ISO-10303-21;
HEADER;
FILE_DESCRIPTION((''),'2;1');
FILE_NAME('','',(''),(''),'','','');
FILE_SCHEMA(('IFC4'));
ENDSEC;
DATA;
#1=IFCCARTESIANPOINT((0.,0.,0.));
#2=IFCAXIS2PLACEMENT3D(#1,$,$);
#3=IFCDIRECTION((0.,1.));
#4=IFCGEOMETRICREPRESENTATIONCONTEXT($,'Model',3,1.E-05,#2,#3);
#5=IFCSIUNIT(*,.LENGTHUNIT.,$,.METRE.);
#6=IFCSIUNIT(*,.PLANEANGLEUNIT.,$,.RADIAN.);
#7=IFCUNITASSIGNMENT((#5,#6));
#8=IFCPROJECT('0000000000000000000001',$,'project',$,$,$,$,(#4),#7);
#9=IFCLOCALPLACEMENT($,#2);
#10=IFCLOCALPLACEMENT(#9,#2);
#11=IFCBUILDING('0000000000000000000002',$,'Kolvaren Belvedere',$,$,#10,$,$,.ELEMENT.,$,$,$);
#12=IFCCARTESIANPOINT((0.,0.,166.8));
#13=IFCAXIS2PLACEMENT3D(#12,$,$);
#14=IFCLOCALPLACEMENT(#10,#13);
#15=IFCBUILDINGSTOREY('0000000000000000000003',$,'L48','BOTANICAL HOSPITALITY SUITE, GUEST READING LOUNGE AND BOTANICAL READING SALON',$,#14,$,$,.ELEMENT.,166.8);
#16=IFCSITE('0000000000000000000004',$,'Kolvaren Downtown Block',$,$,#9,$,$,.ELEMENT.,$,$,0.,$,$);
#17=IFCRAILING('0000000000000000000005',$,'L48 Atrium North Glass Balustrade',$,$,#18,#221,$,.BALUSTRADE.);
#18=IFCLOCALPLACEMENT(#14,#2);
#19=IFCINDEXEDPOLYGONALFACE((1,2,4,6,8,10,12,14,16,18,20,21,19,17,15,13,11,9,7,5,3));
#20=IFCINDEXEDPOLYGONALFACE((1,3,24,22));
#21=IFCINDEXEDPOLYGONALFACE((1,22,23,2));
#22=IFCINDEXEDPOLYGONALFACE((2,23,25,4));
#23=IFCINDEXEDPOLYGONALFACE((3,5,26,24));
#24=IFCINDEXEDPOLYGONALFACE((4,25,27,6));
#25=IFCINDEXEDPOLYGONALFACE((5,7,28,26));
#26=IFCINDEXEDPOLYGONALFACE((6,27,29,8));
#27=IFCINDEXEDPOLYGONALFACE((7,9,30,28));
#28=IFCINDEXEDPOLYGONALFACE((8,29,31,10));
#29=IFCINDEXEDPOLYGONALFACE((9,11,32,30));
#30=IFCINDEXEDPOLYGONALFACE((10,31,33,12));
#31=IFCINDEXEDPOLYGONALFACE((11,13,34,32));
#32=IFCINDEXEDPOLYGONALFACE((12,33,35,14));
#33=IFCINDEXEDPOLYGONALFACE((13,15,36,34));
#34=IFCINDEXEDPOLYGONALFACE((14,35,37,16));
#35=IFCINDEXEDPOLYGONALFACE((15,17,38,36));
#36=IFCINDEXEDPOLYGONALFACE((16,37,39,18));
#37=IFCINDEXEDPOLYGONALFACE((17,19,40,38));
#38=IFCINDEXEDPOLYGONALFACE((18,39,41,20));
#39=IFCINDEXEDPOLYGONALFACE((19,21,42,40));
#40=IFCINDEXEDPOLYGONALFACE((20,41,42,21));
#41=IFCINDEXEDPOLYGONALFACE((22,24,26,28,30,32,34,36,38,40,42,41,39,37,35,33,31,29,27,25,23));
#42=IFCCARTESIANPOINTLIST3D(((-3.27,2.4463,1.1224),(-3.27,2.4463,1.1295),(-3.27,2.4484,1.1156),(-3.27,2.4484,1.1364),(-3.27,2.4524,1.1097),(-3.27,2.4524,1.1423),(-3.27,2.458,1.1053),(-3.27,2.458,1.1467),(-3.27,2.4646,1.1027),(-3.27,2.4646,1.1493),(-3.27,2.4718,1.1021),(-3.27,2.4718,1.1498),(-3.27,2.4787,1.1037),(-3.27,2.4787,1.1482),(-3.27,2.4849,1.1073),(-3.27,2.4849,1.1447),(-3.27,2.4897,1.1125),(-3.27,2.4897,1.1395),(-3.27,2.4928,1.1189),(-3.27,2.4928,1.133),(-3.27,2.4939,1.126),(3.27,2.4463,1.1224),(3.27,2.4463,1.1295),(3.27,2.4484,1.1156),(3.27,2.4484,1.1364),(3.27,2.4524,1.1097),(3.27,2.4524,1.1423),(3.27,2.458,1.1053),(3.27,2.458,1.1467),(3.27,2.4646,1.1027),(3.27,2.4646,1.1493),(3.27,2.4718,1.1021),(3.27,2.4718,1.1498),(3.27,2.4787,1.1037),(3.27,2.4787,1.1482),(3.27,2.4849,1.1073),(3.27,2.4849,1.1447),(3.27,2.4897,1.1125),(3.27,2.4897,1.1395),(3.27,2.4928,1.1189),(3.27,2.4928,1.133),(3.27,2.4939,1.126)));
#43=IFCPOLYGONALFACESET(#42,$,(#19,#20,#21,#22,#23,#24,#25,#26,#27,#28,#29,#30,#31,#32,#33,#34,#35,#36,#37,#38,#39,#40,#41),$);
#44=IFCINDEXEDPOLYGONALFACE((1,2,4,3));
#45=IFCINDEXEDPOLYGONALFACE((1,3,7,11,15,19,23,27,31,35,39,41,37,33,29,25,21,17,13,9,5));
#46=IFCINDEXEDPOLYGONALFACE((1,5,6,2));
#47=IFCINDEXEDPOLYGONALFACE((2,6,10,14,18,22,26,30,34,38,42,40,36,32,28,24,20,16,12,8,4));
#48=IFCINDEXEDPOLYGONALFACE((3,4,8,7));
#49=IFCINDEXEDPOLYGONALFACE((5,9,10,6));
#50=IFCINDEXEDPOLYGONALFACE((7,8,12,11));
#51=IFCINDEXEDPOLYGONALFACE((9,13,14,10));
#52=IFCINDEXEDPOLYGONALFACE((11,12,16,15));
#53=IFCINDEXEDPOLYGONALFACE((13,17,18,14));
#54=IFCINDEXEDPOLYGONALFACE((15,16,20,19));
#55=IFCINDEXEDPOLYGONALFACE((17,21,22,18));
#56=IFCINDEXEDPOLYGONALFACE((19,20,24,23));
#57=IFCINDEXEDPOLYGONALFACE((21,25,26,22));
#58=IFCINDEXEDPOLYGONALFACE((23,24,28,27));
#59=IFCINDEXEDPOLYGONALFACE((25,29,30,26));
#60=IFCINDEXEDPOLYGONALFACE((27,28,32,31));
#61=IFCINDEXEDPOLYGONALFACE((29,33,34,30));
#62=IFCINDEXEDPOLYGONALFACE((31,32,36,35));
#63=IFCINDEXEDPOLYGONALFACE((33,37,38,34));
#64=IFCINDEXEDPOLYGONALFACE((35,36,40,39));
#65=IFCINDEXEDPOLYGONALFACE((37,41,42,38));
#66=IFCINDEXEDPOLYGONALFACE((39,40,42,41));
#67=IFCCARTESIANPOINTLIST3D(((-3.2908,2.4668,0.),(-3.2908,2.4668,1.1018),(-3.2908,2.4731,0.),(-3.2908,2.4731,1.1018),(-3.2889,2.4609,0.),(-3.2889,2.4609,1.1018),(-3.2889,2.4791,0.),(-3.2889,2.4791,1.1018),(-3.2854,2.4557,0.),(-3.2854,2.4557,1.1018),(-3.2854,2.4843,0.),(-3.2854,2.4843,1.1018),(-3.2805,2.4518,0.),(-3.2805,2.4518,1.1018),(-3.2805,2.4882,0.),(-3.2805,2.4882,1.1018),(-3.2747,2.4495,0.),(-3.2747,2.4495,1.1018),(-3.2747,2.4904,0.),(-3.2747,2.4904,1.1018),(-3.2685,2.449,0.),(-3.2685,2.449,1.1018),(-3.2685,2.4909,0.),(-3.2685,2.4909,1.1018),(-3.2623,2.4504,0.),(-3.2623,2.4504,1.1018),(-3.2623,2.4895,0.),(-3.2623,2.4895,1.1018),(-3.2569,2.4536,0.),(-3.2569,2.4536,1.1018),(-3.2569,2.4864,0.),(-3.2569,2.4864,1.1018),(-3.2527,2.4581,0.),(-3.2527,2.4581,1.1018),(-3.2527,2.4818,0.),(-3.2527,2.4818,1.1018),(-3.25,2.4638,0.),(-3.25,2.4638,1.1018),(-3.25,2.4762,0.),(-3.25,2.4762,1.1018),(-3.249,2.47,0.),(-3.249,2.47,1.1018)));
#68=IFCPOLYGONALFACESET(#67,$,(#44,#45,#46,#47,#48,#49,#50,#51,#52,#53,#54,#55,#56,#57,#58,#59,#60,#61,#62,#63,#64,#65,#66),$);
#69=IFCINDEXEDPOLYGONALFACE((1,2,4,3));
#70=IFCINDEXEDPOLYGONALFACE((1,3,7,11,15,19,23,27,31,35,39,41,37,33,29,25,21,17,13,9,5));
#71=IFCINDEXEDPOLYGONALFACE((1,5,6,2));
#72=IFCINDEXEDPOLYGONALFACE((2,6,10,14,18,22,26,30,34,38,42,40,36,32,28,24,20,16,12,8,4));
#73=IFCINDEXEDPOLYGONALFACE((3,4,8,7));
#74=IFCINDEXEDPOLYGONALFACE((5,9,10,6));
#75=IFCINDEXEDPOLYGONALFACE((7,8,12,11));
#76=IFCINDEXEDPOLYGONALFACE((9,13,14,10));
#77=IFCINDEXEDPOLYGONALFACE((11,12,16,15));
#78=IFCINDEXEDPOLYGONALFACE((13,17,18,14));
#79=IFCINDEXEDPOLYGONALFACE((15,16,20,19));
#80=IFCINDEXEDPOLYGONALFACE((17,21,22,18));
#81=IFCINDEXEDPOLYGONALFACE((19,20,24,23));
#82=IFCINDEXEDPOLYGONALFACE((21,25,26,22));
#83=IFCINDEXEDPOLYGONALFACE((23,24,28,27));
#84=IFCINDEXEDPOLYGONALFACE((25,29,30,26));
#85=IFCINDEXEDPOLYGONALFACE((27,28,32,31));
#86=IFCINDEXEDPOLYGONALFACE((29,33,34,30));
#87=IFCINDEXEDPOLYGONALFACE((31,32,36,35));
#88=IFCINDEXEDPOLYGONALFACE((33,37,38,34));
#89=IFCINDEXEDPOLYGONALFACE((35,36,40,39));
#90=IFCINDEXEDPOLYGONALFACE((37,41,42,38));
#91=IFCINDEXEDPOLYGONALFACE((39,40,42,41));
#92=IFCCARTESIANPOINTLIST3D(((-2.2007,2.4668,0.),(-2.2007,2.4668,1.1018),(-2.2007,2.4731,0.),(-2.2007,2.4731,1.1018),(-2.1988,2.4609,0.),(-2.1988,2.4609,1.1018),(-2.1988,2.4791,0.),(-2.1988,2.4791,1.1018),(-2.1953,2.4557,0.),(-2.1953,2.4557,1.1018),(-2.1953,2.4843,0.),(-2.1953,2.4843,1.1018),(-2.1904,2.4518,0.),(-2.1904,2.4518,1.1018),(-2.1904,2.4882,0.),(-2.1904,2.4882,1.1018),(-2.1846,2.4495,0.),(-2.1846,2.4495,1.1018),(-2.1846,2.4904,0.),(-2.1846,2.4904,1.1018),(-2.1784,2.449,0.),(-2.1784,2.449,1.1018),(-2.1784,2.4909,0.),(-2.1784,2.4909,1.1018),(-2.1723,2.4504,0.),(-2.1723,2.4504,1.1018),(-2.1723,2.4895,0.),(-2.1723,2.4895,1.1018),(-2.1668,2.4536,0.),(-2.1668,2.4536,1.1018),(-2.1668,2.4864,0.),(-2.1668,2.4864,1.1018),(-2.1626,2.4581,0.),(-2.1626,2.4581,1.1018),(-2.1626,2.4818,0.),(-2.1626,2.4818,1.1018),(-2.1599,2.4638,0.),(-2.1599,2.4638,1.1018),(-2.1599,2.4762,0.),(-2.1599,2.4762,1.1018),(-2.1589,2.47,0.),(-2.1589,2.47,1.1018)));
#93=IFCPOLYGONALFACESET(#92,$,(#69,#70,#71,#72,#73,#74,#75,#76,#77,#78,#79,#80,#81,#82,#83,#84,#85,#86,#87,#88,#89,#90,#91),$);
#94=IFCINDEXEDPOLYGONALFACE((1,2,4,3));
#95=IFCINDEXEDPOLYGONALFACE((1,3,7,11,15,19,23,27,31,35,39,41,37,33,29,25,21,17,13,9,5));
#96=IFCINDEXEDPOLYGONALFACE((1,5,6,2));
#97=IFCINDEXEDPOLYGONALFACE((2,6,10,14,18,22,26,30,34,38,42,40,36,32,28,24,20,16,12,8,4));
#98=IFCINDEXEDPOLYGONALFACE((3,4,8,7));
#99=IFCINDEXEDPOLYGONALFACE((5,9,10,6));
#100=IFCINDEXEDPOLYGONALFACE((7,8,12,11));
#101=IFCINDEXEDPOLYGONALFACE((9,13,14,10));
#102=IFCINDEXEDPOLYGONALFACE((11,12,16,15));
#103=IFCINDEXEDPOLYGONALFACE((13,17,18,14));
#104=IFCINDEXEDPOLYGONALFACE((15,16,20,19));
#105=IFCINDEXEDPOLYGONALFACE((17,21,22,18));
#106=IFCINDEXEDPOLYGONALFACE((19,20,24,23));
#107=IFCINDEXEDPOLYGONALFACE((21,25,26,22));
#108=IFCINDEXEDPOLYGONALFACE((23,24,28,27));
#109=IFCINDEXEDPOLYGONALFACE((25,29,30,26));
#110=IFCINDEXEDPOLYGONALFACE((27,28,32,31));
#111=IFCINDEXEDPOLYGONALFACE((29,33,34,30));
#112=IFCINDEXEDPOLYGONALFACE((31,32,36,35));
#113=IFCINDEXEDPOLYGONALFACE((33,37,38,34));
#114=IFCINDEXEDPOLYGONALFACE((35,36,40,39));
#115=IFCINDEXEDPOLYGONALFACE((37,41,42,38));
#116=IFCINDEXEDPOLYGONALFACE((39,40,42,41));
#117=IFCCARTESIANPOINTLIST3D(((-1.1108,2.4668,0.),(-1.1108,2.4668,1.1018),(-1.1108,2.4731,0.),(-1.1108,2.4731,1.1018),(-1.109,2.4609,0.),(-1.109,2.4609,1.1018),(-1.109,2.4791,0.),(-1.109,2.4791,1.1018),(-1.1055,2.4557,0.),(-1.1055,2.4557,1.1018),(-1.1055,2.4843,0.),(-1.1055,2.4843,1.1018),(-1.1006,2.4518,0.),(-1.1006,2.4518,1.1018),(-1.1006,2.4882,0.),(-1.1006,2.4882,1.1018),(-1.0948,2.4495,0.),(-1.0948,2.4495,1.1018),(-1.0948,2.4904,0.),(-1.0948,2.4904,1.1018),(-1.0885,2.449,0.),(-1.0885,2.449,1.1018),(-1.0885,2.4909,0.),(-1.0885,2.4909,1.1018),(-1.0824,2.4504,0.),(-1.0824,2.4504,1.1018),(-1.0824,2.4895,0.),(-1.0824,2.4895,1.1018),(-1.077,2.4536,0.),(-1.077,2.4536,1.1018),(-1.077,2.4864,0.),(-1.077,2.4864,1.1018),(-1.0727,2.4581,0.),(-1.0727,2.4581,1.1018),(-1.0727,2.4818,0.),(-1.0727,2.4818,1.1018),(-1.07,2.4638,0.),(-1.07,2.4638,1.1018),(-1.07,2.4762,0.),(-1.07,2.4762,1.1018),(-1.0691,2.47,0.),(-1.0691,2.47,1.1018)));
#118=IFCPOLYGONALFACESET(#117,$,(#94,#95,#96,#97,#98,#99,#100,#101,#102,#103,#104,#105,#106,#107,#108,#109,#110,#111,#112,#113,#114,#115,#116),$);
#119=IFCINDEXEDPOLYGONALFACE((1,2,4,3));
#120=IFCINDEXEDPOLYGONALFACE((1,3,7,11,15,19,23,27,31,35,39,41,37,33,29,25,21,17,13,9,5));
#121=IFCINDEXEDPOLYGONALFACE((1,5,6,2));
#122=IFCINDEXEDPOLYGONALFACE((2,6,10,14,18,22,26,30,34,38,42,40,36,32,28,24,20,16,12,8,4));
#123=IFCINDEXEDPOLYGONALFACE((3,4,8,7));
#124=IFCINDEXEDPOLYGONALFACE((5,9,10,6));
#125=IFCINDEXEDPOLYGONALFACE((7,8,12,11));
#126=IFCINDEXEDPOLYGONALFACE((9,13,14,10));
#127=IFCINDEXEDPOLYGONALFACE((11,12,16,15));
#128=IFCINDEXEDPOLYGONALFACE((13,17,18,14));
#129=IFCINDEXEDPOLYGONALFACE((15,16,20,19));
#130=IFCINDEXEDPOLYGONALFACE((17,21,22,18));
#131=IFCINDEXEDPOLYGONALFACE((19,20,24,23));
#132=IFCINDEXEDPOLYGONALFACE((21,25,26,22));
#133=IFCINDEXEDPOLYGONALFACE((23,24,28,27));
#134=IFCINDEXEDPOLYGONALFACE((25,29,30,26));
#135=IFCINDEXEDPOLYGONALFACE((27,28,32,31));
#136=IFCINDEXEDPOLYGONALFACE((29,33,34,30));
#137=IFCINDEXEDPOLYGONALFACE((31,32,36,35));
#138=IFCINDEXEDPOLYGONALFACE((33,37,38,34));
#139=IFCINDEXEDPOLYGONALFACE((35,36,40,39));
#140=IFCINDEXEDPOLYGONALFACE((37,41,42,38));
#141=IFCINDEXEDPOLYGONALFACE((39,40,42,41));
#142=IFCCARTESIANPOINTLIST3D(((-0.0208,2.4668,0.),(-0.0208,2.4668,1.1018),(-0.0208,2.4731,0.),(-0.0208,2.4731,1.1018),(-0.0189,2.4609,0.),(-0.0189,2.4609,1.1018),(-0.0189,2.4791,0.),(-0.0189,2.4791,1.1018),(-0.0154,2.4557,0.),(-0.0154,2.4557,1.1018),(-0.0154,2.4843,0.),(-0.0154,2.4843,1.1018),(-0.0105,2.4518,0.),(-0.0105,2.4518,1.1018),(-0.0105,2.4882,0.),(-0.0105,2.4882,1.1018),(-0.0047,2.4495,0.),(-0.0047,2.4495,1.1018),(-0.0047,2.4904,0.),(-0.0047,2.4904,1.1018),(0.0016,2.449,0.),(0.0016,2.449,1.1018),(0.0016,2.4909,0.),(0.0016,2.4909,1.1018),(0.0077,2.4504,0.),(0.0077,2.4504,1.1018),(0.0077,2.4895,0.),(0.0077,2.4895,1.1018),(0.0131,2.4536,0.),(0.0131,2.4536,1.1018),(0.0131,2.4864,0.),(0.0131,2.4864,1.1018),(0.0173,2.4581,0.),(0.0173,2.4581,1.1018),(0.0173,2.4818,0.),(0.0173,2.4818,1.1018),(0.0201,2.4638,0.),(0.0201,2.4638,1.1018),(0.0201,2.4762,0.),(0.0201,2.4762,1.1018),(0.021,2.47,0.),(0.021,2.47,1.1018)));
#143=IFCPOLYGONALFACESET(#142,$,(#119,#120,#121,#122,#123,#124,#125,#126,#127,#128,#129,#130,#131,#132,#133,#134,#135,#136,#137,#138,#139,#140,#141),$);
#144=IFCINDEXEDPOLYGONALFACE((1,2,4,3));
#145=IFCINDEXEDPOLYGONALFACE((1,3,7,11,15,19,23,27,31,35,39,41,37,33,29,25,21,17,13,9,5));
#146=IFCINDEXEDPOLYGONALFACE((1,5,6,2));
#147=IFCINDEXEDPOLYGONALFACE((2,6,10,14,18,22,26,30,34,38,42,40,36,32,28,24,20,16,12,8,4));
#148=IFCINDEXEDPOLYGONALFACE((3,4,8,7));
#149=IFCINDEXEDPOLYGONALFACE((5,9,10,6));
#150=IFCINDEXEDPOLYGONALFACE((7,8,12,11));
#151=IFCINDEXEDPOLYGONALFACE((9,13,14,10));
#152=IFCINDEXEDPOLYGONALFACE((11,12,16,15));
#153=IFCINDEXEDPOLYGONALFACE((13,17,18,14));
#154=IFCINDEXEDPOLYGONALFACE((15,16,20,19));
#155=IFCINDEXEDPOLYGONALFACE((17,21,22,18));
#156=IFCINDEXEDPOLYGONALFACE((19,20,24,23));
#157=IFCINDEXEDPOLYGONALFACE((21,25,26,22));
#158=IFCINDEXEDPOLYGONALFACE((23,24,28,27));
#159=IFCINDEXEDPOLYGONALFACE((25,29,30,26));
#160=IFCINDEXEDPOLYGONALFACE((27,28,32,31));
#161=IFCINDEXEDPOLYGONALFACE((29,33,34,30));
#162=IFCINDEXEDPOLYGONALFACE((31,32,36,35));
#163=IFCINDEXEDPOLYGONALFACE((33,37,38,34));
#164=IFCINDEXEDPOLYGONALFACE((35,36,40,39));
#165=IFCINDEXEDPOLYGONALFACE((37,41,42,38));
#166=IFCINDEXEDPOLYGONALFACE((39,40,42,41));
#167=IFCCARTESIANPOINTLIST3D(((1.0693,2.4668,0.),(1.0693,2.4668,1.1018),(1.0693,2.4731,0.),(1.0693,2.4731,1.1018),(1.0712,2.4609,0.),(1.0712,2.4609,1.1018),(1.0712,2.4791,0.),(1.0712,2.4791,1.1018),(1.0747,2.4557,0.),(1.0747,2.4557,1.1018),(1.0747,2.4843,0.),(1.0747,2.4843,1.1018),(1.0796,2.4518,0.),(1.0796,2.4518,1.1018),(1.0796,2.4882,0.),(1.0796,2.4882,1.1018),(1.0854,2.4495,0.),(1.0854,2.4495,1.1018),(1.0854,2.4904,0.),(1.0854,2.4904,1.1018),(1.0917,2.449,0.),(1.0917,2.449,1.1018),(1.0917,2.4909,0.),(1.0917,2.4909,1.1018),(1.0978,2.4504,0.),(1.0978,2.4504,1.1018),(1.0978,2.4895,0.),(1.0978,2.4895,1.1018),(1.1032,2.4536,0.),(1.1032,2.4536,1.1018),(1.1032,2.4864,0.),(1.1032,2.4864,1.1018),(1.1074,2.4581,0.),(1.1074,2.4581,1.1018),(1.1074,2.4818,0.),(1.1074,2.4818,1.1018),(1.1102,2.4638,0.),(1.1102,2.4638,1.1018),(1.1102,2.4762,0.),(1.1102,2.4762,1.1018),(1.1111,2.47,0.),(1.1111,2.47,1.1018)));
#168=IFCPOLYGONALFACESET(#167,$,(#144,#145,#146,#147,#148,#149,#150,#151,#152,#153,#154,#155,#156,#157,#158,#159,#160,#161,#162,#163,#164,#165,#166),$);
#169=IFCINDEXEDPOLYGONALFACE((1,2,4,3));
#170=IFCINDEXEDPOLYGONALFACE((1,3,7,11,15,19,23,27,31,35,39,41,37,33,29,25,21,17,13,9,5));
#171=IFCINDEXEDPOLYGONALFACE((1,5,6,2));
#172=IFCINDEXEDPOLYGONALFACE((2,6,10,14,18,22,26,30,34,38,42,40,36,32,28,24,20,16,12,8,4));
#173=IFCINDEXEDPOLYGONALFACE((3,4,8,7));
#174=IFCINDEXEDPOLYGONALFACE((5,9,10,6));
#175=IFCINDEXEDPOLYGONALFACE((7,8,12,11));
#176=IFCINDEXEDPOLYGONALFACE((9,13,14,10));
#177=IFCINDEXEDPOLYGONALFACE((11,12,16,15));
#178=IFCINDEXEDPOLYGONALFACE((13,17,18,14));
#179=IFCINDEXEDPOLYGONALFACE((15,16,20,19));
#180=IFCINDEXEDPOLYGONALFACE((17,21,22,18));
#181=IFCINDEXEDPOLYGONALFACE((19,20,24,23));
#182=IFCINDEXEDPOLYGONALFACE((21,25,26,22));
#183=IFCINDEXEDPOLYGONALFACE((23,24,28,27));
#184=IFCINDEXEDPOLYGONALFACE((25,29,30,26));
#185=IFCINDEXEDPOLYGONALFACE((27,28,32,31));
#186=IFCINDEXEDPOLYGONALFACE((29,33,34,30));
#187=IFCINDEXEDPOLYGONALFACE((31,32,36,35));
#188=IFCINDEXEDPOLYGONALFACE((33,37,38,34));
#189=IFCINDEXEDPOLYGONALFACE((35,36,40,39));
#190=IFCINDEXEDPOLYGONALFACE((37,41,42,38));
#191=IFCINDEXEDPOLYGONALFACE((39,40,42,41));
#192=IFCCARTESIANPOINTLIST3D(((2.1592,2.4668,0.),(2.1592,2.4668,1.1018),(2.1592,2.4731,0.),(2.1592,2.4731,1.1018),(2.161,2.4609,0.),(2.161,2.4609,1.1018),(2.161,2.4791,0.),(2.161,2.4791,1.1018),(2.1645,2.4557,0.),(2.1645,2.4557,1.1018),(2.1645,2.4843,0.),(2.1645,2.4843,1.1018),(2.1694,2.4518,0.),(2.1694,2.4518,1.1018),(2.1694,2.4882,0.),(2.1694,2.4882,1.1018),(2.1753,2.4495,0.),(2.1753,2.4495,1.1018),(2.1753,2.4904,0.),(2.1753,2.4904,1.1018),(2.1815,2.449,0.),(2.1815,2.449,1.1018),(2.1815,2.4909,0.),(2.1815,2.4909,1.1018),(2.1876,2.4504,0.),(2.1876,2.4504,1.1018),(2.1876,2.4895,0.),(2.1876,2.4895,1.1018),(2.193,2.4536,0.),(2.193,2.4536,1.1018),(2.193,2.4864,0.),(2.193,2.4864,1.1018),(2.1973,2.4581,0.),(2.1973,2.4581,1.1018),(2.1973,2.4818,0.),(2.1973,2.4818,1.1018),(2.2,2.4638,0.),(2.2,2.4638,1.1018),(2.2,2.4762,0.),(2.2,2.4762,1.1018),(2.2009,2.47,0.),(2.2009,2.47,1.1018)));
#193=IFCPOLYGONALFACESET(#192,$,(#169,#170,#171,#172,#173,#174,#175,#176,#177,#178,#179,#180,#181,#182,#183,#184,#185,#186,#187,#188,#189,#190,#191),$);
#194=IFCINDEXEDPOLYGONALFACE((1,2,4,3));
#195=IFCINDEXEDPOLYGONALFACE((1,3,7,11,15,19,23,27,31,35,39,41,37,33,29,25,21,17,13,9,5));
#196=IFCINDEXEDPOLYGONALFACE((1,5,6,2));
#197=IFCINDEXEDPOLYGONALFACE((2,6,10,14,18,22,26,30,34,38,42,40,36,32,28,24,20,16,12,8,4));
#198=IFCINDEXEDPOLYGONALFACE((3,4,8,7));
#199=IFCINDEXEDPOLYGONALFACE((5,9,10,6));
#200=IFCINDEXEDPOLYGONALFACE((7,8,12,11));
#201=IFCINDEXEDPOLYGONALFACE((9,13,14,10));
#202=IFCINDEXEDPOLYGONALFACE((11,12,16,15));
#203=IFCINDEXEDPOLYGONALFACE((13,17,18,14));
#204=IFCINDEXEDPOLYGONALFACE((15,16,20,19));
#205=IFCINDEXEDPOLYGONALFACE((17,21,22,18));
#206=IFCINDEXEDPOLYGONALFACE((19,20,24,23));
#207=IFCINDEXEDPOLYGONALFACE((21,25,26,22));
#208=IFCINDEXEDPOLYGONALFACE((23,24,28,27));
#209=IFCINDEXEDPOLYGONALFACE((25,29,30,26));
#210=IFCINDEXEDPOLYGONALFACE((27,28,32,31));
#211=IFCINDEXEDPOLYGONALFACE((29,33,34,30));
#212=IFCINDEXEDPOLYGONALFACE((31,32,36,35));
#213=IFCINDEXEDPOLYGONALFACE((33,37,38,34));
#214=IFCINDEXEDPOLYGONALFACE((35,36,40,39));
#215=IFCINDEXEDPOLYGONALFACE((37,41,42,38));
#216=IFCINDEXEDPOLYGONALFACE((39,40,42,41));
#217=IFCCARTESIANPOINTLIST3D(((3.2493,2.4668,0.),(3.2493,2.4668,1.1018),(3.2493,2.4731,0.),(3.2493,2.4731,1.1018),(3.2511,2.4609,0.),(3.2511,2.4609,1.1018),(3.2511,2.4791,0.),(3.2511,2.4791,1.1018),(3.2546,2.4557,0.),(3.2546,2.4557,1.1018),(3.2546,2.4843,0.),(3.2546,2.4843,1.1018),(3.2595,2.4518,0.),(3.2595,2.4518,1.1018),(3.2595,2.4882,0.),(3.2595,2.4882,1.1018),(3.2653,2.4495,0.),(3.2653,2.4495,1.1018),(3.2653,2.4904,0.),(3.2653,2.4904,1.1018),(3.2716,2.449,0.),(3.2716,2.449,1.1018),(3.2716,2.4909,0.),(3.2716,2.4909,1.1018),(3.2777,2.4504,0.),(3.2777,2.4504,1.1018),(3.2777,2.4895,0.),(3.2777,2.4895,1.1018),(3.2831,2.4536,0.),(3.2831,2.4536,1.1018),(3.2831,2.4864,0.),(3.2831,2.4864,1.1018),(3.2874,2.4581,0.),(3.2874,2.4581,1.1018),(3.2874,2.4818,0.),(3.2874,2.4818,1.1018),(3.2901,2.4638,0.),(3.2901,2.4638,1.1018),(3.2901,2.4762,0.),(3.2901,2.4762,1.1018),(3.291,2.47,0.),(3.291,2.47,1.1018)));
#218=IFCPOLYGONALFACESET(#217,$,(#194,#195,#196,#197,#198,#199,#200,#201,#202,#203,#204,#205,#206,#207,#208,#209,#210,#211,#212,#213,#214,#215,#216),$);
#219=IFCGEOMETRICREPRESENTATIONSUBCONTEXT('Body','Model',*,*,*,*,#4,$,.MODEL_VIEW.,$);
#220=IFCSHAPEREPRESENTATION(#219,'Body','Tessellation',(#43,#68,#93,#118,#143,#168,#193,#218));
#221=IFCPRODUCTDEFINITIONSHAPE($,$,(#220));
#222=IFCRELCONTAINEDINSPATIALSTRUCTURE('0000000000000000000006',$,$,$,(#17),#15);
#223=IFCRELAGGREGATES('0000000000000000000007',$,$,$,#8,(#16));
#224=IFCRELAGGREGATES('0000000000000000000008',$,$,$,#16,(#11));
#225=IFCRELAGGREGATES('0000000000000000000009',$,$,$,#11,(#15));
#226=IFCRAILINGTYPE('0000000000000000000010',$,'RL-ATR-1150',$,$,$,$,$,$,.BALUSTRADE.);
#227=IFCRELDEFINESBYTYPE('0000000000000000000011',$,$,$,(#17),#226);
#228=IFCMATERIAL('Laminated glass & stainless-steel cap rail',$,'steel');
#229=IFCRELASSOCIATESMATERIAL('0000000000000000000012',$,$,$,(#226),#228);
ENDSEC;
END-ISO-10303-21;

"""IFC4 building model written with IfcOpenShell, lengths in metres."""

from ifc_helpers import new_model, si_unit, direction, frame, origin, origin_2d, place, context, subcontext, project, spatial, circle, extrude, material, type_object, element, save


model = new_model("IFC4")

# Units and contexts
model_context = context("Model", 3, precision=1e-05, world=origin(), true_north=direction((0.0, 1.0)))
body_context = subcontext(model_context, "Body", "Model", "MODEL_VIEW")
ifc_project = project(units=[si_unit("LENGTHUNIT", "METRE"), si_unit("PLANEANGLEUNIT", "RADIAN")], contexts=[model_context])

# Site, building, storey
site_placement = place(None, origin())
site = spatial("IfcSite", under=ifc_project, at=site_placement, Name="Kolvaren Downtown Block", CompositionType="ELEMENT", RefElevation=0.0)
building_placement = place(site_placement, origin())
building = spatial("IfcBuilding", under=site, at=building_placement, Name="Kolvaren Belvedere", CompositionType="ELEMENT")
storey_placement = place(building_placement, frame((0.0, 0.0, 166.8)))
storey = spatial("IfcBuildingStorey", under=building, at=storey_placement, Name="L48", Description="BOTANICAL HOSPITALITY SUITE, GUEST READING LOUNGE AND BOTANICAL READING SALON", CompositionType="ELEMENT", Elevation=166.8)

# Railing
ifc_material_1 = material(Name="Laminated glass & stainless-steel cap rail", Category="steel")
railing_type_1 = type_object("IfcRailingType", Name="RL-ATR-1150", PredefinedType="BALUSTRADE", material=ifc_material_1)
railing_1_placement = place(storey_placement, frame((-3.27, 2.47, 0.0)))
element("IfcRailing", 1, at=railing_1_placement, inside=storey, type_object=railing_type_1, Name="L48 Atrium North Glass Balustrade", PredefinedType="BALUSTRADE", context=body_context, shape_type="SweptSolid", body=[
    extrude(circle(Radius=0.0239, at=origin_2d()), frame((0.0, 0.0, 1.126), z_axis=(1.0, 0.0, 0.0), x_axis=(0.0, 1.0, 0.0)), (0.0, 0.0, 1.0), 6.54),
    extrude(circle(Radius=0.021, at=origin_2d()), origin(), (0.0, 0.0, 1.0), 1.1018),
    extrude(circle(Radius=0.021, at=origin_2d()), frame((1.0901, 0.0, 0.0)), (0.0, 0.0, 1.0), 1.1018),
    extrude(circle(Radius=0.021, at=origin_2d()), frame((2.1799, 0.0, 0.0)), (0.0, 0.0, 1.0), 1.1018),
    extrude(circle(Radius=0.021, at=origin_2d()), frame((3.27, 0.0, 0.0)), (0.0, 0.0, 1.0), 1.1018),
    extrude(circle(Radius=0.021, at=origin_2d()), frame((4.3601, 0.0, 0.0)), (0.0, 0.0, 1.0), 1.1018),
    extrude(circle(Radius=0.021, at=origin_2d()), frame((5.45, 0.0, 0.0)), (0.0, 0.0, 1.0), 1.1018),
    extrude(circle(Radius=0.021, at=origin_2d()), frame((6.54, 0.0, 0.0)), (0.0, 0.0, 1.0), 1.1018),
])

save(model, "model.ifc")
